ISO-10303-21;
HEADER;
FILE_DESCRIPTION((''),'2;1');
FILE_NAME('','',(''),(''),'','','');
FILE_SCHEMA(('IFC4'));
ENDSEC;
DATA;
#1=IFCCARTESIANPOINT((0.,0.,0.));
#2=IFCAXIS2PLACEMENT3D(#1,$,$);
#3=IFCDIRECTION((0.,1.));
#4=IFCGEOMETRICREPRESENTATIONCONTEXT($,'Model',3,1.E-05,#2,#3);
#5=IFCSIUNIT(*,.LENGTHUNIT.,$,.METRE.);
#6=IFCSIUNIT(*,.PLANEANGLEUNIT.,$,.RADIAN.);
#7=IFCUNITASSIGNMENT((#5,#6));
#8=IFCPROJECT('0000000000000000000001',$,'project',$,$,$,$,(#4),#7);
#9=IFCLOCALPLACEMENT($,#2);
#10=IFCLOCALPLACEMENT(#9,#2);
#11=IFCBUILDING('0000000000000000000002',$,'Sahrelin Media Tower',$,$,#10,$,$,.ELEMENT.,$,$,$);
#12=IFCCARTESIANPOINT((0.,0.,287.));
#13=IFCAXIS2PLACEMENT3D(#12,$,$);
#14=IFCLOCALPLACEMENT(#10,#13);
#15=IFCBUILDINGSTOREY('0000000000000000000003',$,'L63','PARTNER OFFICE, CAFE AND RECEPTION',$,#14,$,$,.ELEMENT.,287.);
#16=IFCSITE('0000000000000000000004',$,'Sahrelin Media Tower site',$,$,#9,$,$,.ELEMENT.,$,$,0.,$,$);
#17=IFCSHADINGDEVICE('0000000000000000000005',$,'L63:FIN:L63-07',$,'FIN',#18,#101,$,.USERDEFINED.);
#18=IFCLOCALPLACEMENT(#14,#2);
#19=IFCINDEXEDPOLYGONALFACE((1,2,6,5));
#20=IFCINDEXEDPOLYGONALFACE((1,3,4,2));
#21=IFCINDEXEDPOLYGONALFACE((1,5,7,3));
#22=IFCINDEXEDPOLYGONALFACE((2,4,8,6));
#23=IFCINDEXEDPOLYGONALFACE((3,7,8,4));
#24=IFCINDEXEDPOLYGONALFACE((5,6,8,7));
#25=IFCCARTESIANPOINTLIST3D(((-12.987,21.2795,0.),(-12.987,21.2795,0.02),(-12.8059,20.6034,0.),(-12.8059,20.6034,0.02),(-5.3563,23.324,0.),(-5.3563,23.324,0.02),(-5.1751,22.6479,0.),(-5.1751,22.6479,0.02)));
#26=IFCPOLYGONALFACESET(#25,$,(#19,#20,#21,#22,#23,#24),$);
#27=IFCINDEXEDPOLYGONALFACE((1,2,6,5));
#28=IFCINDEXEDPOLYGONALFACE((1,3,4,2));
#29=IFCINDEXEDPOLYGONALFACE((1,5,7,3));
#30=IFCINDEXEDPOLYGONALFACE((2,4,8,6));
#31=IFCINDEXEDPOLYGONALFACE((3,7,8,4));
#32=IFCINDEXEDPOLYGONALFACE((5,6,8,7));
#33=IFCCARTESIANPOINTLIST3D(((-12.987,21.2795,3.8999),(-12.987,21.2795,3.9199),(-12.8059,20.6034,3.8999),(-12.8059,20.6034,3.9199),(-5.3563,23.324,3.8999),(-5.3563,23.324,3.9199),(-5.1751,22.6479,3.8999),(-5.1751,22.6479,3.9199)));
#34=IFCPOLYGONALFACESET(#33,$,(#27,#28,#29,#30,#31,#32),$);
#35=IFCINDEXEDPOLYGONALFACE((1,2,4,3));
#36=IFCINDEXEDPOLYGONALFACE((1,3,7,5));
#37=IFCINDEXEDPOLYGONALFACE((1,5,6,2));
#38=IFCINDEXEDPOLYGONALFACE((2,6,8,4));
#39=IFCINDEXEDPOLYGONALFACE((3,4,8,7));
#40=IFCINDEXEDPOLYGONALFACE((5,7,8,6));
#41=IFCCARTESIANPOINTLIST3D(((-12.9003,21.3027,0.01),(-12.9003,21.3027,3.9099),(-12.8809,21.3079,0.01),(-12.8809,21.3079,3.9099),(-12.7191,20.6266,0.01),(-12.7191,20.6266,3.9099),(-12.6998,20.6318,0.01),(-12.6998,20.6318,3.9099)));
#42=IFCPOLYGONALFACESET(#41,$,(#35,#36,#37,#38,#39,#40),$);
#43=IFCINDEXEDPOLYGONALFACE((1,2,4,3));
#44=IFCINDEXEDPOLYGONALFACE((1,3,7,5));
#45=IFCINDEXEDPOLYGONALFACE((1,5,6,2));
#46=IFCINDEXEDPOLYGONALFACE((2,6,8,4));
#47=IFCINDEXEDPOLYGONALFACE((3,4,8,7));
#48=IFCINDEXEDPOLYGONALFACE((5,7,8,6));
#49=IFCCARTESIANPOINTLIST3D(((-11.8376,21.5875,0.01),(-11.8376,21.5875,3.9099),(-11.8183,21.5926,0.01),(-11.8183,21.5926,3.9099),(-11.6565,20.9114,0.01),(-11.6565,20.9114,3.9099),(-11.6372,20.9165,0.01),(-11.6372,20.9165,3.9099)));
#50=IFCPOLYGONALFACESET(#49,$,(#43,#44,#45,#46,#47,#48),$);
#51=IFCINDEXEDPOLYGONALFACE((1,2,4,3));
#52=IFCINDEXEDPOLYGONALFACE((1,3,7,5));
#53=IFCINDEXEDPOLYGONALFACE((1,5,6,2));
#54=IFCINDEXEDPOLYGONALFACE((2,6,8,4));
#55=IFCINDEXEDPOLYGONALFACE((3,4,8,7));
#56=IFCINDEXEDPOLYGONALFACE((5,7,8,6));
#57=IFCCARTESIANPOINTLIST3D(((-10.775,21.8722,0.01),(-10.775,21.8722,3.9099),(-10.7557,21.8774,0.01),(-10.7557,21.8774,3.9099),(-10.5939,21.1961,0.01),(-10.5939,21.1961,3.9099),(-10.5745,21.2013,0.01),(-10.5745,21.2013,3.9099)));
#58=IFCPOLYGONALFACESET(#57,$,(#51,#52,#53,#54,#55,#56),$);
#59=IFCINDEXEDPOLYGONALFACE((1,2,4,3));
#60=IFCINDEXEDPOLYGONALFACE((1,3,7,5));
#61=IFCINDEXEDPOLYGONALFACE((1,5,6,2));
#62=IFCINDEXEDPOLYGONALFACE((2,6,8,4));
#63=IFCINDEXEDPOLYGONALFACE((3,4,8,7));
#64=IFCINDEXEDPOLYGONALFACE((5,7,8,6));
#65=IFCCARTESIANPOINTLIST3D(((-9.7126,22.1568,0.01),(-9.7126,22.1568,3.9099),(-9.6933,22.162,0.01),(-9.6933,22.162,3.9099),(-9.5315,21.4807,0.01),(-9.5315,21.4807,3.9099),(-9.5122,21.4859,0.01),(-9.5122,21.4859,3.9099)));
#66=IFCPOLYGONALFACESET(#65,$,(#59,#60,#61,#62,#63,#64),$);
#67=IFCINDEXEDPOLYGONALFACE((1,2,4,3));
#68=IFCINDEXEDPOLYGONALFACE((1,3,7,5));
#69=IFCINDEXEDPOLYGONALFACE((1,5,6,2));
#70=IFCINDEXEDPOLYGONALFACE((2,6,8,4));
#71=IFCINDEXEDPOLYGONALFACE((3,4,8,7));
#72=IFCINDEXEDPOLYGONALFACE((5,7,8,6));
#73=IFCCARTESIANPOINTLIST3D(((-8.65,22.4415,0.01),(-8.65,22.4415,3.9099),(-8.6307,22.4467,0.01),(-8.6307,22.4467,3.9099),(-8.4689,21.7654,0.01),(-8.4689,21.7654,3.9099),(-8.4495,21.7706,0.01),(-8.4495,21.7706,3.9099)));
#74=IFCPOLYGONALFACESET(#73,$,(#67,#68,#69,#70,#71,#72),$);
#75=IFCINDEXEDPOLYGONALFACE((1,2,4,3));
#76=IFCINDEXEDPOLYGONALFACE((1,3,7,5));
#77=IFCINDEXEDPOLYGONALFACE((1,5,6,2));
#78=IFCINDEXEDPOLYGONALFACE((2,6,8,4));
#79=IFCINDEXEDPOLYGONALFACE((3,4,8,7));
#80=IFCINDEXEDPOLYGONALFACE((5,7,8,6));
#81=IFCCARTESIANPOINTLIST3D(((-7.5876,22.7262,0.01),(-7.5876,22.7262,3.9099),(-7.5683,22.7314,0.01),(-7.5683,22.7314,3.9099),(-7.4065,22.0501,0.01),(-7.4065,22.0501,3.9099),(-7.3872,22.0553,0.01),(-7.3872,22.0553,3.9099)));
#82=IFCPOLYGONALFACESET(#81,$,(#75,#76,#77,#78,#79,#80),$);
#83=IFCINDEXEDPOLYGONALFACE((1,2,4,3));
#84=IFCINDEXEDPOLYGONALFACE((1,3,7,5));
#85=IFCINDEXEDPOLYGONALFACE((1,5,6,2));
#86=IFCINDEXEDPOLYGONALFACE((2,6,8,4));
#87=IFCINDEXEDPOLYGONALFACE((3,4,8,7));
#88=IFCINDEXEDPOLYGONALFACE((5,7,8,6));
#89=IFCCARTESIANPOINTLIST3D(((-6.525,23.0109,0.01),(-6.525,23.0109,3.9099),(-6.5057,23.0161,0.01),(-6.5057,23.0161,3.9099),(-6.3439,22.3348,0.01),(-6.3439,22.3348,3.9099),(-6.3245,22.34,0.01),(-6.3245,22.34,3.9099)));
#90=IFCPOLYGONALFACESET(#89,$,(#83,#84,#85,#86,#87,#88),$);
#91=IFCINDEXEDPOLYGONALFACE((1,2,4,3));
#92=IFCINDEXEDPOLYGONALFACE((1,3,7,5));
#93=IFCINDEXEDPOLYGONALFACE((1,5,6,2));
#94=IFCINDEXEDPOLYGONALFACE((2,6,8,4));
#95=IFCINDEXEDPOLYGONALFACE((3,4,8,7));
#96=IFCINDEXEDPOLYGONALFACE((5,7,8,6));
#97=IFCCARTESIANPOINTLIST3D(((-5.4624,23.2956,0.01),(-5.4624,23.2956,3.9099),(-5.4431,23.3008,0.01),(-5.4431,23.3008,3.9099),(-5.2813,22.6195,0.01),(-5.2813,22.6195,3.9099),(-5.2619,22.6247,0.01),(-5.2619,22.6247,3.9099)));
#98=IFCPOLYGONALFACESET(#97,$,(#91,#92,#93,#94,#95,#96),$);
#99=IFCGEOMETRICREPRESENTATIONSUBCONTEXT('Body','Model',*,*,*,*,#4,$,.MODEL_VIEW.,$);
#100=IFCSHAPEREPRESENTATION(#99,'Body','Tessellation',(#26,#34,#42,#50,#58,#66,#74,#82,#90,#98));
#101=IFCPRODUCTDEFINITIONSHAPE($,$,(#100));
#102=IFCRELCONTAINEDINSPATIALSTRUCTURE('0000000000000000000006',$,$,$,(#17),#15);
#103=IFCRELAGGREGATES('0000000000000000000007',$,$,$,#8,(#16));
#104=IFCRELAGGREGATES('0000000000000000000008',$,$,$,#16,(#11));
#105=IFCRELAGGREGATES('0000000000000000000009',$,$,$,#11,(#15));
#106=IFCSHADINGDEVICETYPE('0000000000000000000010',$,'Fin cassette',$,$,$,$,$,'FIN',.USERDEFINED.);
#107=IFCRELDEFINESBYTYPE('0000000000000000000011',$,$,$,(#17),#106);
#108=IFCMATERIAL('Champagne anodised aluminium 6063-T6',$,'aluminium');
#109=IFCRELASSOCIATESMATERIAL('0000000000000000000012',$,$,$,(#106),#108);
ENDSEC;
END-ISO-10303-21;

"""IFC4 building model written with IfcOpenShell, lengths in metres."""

from ifc_helpers import new_model, si_unit, direction, frame, origin, origin_2d, place, context, subcontext, project, spatial, rectangle, extrude, material, type_object, element, save


model = new_model("IFC4")

# Units and contexts
model_context = context("Model", 3, precision=1e-05, world=origin(), true_north=direction((0.0, 1.0)))
body_context = subcontext(model_context, "Body", "Model", "MODEL_VIEW")
ifc_project = project(units=[si_unit("LENGTHUNIT", "METRE"), si_unit("PLANEANGLEUNIT", "RADIAN")], contexts=[model_context])

# Site, building, storey
site_placement = place(None, origin())
site = spatial("IfcSite", under=ifc_project, at=site_placement, Name="Sahrelin Media Tower site", CompositionType="ELEMENT", RefElevation=0.0)
building_placement = place(site_placement, origin())
building = spatial("IfcBuilding", under=site, at=building_placement, Name="Sahrelin Media Tower", CompositionType="ELEMENT")
storey_placement = place(building_placement, frame((0.0, 0.0, 287.0)))
storey = spatial("IfcBuildingStorey", under=building, at=storey_placement, Name="L63", Description="PARTNER OFFICE, CAFE AND RECEPTION", CompositionType="ELEMENT", Elevation=287.0)

# Shared definitions
ifc_material_1 = material(Name="Champagne anodised aluminium 6063-T6", Category="aluminium")

# Shading device
shading_device_type_1 = type_object("IfcShadingDeviceType", Name="Fin cassette", ElementType="FIN", PredefinedType="USERDEFINED", material=ifc_material_1)
placement = place(storey_placement, frame((-8.9724, 21.5581, 0.0), z_axis=(0.0, 0.0, 1.0), x_axis=(0.965929, 0.258808, 0.0)))
element("IfcShadingDevice", 1, at=placement, inside=storey, type_object=shading_device_type_1, Name="L63:FIN:L63-07", ObjectType="FIN", PredefinedType="USERDEFINED", context=body_context, shape_type="SweptSolid", body=[
    extrude(rectangle(XDim=7.8999, YDim=0.7, at=origin_2d()), frame((0.0, 0.4199, 0.0)), (0.0, 0.0, 1.0), 0.02),
    extrude(rectangle(XDim=7.8999, YDim=0.7, at=origin_2d()), frame((0.0, 0.4199, 3.8999)), (0.0, 0.0, 1.0), 0.02),
    extrude(rectangle(XDim=0.02, YDim=0.7, at=origin_2d()), frame((-3.8501, 0.4199, 0.01), z_axis=(0.0, 0.0, 1.0), x_axis=(1.0, 0.0, 0.0)), (0.0, 0.0, 1.0), 3.8999),
    extrude(rectangle(XDim=0.02, YDim=0.7, at=origin_2d()), frame((-2.75, 0.4199, 0.01), z_axis=(0.0, 0.0, 1.0), x_axis=(1.0, 0.0, 0.0)), (0.0, 0.0, 1.0), 3.8999),
    extrude(rectangle(XDim=0.02, YDim=0.7, at=origin_2d()), frame((-1.6499, 0.4199, 0.01), z_axis=(0.0, 0.0, 1.0), x_axis=(1.0, 0.0, 0.0)), (0.0, 0.0, 1.0), 3.8999),
    extrude(rectangle(XDim=0.02, YDim=0.7, at=origin_2d()), frame((-0.55, 0.4199, 0.01), z_axis=(0.0, 0.0, 1.0), x_axis=(1.0, 0.0, 0.0)), (0.0, 0.0, 1.0), 3.8999),
    extrude(rectangle(XDim=0.02, YDim=0.7, at=origin_2d()), frame((0.55, 0.4199, 0.01), z_axis=(0.0, 0.0, 1.0), x_axis=(1.0, 0.0, 0.0)), (0.0, 0.0, 1.0), 3.8999),
    extrude(rectangle(XDim=0.02, YDim=0.7, at=origin_2d()), frame((1.6499, 0.4199, 0.01), z_axis=(0.0, 0.0, 1.0), x_axis=(1.0, 0.0, 0.0)), (0.0, 0.0, 1.0), 3.8999),
    extrude(rectangle(XDim=0.02, YDim=0.7, at=origin_2d()), frame((2.75, 0.4199, 0.01), z_axis=(0.0, 0.0, 1.0), x_axis=(1.0, 0.0, 0.0)), (0.0, 0.0, 1.0), 3.8999),
    extrude(rectangle(XDim=0.02, YDim=0.7, at=origin_2d()), frame((3.8501, 0.4199, 0.01), z_axis=(0.0, 0.0, 1.0), x_axis=(1.0, 0.0, 0.0)), (0.0, 0.0, 1.0), 3.8999),
])

save(model, "model.ifc")
